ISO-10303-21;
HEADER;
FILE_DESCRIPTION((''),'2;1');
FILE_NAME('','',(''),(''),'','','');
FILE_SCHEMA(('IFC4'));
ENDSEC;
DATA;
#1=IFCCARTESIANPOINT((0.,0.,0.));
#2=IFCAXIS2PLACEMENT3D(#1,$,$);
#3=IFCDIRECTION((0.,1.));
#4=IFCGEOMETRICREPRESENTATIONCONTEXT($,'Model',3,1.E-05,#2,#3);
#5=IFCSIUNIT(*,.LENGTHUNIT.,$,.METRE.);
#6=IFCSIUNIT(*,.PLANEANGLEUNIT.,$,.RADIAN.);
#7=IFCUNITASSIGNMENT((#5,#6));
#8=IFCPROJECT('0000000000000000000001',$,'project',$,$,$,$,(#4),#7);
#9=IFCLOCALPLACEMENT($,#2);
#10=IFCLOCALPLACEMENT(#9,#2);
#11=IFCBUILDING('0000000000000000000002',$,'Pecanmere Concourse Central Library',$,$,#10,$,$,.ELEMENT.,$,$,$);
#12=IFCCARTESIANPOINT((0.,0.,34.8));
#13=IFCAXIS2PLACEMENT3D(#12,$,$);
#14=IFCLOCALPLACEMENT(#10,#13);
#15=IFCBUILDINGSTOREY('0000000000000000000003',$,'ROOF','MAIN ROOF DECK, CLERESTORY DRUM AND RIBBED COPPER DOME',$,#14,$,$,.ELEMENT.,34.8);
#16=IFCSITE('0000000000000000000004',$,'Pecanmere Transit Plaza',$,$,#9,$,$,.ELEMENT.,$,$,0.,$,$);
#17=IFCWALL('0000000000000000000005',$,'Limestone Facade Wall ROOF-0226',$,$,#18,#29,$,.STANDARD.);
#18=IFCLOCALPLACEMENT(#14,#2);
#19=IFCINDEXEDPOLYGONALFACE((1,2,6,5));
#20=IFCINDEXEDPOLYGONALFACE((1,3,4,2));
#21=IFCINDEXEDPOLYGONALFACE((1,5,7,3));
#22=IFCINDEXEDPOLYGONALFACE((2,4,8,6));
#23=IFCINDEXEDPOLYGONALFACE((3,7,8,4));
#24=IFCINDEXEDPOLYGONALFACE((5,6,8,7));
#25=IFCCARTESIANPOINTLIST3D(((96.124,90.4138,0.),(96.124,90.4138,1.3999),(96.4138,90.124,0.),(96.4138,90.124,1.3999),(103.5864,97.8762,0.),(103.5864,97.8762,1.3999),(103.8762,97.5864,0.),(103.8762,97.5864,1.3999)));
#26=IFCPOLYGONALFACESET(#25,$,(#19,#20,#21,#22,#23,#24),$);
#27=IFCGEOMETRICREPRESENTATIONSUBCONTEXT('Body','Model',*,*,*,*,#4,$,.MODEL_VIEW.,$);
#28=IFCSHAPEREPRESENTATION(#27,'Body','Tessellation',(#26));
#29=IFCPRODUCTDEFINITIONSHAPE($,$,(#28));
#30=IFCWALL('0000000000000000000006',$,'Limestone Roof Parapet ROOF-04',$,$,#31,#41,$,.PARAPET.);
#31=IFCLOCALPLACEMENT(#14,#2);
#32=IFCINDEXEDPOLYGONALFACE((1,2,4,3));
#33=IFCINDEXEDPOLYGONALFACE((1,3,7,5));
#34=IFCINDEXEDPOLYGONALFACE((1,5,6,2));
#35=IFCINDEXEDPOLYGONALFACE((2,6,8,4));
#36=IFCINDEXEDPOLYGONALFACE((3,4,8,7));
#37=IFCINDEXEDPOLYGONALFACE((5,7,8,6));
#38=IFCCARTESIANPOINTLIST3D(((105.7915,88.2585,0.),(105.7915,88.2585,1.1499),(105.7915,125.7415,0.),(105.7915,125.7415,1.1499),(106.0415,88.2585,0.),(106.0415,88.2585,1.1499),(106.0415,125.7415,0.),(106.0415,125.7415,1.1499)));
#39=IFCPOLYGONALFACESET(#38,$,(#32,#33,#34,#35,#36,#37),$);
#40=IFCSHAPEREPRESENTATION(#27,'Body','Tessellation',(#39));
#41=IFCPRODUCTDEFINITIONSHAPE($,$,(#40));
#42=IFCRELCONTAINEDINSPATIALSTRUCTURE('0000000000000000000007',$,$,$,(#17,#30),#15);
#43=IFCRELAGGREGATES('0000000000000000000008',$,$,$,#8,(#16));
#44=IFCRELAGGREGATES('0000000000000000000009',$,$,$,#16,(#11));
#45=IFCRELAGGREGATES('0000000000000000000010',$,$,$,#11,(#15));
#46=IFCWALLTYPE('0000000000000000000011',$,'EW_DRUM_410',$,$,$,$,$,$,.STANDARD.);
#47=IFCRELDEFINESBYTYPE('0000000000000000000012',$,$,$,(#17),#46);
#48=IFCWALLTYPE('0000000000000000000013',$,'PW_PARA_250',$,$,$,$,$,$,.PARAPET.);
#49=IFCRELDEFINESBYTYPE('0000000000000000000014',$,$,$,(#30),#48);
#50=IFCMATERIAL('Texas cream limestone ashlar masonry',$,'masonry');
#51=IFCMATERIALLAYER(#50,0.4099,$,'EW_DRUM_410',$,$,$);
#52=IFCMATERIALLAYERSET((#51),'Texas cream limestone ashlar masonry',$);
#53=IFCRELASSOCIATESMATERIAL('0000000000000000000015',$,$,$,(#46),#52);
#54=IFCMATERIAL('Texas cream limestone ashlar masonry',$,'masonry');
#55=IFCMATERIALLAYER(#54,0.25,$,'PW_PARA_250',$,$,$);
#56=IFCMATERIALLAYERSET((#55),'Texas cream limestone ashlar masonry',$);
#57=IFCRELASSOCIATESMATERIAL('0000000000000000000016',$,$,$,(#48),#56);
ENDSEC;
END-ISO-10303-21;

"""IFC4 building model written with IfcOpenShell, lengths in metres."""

from ifc_helpers import new_model, si_unit, direction, frame, frame_2d, origin, place, context, subcontext, project, spatial, rectangle, extrude, material, layer, layer_set, type_object, element, save


model = new_model("IFC4")

# Units and contexts
model_context = context("Model", 3, precision=1e-05, world=origin(), true_north=direction((0.0, 1.0)))
body_context = subcontext(model_context, "Body", "Model", "MODEL_VIEW")
ifc_project = project(units=[si_unit("LENGTHUNIT", "METRE"), si_unit("PLANEANGLEUNIT", "RADIAN")], contexts=[model_context])

# Site, building, storey
site_placement = place(None, origin())
site = spatial("IfcSite", under=ifc_project, at=site_placement, Name="Pecanmere Transit Plaza", CompositionType="ELEMENT", RefElevation=0.0)
building_placement = place(site_placement, origin())
building = spatial("IfcBuilding", under=site, at=building_placement, Name="Pecanmere Concourse Central Library", CompositionType="ELEMENT")
storey_placement = place(building_placement, frame((0.0, 0.0, 34.8)))
storey = spatial("IfcBuildingStorey", under=building, at=storey_placement, Name="ROOF", Description="MAIN ROOF DECK, CLERESTORY DRUM AND RIBBED COPPER DOME", CompositionType="ELEMENT", Elevation=34.8)

# Walls
ifc_material_1 = material(Name="Texas cream limestone ashlar masonry", Category="masonry")
ifc_layer_1 = layer(ifc_material_1, 0.4099, Name="EW_DRUM_410")
ifc_layer_set_1 = layer_set([ifc_layer_1], Name="Texas cream limestone ashlar masonry")
wall_type_1 = type_object("IfcWallType", Name="EW_DRUM_410", PredefinedType="STANDARD", material=ifc_layer_set_1)
wall_1_placement = place(storey_placement, frame((96.2688, 90.2688, 0.0), z_axis=(0.0, 0.0, 1.0), x_axis=(0.707107, 0.707107, 0.0)))
element("IfcWall", 1, at=wall_1_placement, inside=storey, type_object=wall_type_1, Name="Limestone Facade Wall ROOF-0226", PredefinedType="STANDARD", context=body_context, shape_type="SweptSolid", body=[
    extrude(rectangle(XDim=10.5535, YDim=0.4099, at=frame_2d((5.2769, 0.0))), origin(), (0.0, 0.0, 1.0), 1.3999),
])
ifc_material_2 = material(Name="Texas cream limestone ashlar masonry", Category="masonry")
ifc_layer_2 = layer(ifc_material_2, 0.25, Name="PW_PARA_250")
ifc_layer_set_2 = layer_set([ifc_layer_2], Name="Texas cream limestone ashlar masonry")
wall_type_2 = type_object("IfcWallType", Name="PW_PARA_250", PredefinedType="PARAPET", material=ifc_layer_set_2)
wall_2_placement = place(storey_placement, frame((105.9165, 88.2585, 0.0), z_axis=(0.0, 0.0, 1.0), x_axis=(0.0, 1.0, 0.0)))
element("IfcWall", 2, at=wall_2_placement, inside=storey, type_object=wall_type_2, Name="Limestone Roof Parapet ROOF-04", PredefinedType="PARAPET", context=body_context, shape_type="SweptSolid", body=[
    extrude(rectangle(XDim=37.4829, YDim=0.25, at=frame_2d((18.7415, 0.0))), origin(), (0.0, 0.0, 1.0), 1.1499),
])

save(model, "model.ifc")
